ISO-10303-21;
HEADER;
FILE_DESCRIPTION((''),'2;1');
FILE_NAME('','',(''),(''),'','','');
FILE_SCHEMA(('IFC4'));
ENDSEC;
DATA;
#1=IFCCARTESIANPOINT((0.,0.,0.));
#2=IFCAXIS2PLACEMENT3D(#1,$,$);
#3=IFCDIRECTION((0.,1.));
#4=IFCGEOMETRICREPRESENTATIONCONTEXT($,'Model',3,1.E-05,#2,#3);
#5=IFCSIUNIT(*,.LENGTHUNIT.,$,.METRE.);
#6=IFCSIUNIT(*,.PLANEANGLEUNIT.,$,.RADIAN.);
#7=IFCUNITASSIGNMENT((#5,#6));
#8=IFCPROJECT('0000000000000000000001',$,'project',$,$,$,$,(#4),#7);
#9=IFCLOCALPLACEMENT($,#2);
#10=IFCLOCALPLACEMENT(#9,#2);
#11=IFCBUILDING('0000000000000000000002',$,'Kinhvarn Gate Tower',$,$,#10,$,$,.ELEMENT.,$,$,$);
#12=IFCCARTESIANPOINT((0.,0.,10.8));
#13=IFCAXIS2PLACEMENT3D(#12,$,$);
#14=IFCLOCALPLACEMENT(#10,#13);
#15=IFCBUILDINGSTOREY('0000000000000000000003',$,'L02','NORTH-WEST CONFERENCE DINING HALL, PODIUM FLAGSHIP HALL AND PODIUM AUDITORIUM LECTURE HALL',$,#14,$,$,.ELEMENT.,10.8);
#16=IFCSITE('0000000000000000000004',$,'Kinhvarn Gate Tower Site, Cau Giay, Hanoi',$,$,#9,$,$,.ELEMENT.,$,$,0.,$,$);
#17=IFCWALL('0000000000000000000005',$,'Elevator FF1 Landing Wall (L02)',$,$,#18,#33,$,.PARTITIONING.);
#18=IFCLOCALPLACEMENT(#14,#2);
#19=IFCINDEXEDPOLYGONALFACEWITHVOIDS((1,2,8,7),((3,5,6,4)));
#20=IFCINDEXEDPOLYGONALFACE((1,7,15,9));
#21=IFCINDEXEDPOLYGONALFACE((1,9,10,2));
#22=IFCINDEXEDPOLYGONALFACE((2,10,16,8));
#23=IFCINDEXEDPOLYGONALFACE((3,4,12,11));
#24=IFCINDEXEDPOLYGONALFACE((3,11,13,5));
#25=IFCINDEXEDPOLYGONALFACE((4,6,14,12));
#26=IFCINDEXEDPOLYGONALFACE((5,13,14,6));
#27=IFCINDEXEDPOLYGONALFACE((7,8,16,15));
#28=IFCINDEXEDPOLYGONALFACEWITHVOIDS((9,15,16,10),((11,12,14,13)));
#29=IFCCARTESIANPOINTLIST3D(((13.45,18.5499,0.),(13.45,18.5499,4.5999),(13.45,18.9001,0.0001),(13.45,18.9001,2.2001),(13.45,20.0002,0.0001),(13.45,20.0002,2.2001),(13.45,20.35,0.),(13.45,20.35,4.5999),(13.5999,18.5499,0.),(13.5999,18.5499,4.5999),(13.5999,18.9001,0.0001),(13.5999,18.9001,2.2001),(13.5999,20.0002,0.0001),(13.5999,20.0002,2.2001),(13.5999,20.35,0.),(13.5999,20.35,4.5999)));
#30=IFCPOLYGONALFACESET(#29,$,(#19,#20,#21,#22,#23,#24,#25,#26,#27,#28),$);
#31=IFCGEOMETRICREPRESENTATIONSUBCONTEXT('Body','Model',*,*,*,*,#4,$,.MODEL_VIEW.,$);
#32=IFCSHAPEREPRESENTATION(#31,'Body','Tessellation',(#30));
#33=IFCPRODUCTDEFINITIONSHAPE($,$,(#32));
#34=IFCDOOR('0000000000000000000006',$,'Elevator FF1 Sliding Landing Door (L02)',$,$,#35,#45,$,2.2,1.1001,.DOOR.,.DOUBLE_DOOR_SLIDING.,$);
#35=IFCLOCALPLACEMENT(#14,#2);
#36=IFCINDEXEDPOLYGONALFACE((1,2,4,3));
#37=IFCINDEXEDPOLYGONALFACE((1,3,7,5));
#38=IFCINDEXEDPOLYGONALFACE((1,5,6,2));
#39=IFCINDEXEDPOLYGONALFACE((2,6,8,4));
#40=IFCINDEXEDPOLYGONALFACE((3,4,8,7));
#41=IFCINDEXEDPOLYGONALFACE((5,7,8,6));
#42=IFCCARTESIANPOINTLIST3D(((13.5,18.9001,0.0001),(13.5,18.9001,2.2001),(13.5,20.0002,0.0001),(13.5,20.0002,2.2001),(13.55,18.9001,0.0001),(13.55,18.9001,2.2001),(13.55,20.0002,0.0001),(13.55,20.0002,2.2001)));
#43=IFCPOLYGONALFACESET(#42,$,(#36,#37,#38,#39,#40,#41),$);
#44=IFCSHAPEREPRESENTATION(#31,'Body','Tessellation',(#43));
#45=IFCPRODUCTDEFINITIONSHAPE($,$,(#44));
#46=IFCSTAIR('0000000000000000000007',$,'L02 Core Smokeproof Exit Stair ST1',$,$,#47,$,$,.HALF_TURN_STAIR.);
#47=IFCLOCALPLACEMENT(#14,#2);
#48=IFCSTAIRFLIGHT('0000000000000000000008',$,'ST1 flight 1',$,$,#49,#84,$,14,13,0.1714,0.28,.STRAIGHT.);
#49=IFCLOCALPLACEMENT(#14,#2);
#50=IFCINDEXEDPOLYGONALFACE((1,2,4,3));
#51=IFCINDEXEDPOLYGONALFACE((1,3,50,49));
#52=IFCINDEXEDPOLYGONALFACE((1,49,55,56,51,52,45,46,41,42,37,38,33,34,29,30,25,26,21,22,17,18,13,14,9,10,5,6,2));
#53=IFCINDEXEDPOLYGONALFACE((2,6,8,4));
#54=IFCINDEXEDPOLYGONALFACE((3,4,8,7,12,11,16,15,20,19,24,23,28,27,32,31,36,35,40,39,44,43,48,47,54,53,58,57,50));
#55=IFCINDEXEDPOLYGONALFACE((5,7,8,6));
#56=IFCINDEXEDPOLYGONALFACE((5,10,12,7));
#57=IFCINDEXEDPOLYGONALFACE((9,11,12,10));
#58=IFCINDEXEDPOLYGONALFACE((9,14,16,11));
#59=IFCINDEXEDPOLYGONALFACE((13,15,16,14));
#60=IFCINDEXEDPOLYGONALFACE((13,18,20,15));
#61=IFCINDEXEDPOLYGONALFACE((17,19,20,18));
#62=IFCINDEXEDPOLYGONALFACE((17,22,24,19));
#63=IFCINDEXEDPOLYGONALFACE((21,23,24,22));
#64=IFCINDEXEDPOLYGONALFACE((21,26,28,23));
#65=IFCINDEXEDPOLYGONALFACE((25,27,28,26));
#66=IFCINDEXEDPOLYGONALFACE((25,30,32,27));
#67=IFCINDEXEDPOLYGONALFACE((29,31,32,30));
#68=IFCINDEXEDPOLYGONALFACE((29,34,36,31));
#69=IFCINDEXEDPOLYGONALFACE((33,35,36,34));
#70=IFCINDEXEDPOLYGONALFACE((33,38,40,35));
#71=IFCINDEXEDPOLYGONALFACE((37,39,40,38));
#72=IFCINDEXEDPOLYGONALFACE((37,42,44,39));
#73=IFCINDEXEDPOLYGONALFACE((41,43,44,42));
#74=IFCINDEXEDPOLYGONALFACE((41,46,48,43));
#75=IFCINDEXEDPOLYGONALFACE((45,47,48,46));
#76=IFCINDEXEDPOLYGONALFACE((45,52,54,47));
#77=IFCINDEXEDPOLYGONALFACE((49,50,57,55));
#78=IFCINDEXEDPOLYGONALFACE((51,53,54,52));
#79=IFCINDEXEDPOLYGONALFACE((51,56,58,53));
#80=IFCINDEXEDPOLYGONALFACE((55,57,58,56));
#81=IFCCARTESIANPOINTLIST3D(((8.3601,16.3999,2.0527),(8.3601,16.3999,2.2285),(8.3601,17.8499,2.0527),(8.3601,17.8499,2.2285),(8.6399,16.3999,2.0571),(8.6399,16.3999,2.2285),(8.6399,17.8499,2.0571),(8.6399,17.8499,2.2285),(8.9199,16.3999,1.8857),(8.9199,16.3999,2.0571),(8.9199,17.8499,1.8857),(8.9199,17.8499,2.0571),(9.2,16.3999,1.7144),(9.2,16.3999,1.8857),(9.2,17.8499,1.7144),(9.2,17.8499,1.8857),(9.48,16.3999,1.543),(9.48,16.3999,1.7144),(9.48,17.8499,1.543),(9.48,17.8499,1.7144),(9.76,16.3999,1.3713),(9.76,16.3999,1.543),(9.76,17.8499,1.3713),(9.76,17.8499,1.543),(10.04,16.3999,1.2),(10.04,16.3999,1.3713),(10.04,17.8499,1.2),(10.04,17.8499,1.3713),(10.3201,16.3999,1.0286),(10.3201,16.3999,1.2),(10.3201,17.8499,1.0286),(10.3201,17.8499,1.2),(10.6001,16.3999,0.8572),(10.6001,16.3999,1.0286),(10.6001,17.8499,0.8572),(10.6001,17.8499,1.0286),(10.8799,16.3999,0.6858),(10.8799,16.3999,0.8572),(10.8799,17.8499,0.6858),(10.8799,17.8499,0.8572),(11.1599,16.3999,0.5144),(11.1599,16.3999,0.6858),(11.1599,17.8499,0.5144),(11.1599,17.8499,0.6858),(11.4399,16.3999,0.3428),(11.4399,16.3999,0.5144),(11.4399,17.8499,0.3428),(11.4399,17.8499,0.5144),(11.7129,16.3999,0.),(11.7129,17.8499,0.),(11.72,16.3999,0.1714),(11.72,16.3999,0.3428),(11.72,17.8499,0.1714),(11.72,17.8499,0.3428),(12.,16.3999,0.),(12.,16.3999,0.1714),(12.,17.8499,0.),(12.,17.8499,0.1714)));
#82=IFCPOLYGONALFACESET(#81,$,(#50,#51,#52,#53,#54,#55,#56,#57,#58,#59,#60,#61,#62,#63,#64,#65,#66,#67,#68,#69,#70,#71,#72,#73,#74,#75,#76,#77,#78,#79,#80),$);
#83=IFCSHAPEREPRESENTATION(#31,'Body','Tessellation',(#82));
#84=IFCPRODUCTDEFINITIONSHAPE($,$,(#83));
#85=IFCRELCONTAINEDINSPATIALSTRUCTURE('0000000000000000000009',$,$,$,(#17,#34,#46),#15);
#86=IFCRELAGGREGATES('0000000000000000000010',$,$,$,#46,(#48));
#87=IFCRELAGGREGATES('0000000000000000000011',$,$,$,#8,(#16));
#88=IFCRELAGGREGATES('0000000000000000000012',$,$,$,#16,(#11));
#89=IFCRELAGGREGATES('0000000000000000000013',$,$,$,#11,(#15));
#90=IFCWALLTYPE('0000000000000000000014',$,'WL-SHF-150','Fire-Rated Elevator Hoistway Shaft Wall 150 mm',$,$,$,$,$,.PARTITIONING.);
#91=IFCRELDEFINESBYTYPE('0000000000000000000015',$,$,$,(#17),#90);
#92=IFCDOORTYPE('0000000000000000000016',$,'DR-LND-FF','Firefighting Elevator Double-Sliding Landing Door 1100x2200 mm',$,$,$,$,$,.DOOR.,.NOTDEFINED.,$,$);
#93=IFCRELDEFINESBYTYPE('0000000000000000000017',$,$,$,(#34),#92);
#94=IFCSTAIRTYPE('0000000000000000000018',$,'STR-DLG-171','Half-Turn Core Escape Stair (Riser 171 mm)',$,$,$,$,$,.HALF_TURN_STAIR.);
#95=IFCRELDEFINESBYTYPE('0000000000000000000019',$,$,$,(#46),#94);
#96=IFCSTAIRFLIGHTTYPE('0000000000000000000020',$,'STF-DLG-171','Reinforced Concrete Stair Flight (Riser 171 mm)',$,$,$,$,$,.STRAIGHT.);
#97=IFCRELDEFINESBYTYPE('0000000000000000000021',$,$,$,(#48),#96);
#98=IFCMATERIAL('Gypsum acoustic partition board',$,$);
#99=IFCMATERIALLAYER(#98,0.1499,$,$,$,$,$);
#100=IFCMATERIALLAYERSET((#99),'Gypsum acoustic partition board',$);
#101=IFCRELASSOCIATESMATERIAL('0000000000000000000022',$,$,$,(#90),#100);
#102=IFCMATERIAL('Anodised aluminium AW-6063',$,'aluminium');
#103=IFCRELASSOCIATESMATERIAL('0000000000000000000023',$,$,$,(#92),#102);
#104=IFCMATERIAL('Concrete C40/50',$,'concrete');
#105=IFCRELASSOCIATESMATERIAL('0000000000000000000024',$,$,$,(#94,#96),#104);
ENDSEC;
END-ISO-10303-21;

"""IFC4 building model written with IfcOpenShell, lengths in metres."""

from ifc_helpers import new_model, si_unit, direction, frame, frame_2d, origin, place, context, subcontext, project, spatial, polyline, rectangle, outline, extrude, material, layer, layer_set, type_object, element, fill, aggregate, save


model = new_model("IFC4")

# Units and contexts
model_context = context("Model", 3, precision=1e-05, world=origin(), true_north=direction((0.0, 1.0)))
body_context = subcontext(model_context, "Body", "Model", "MODEL_VIEW")
ifc_project = project(units=[si_unit("LENGTHUNIT", "METRE"), si_unit("PLANEANGLEUNIT", "RADIAN")], contexts=[model_context])

# Site, building, storey
site_placement = place(None, origin())
site = spatial("IfcSite", under=ifc_project, at=site_placement, Name="Kinhvarn Gate Tower Site, Cau Giay, Hanoi", CompositionType="ELEMENT", RefElevation=0.0)
building_placement = place(site_placement, origin())
building = spatial("IfcBuilding", under=site, at=building_placement, Name="Kinhvarn Gate Tower", CompositionType="ELEMENT")
storey_placement = place(building_placement, frame((0.0, 0.0, 10.8)))
storey = spatial("IfcBuildingStorey", under=building, at=storey_placement, Name="L02", Description="NORTH-WEST CONFERENCE DINING HALL, PODIUM FLAGSHIP HALL AND PODIUM AUDITORIUM LECTURE HALL", CompositionType="ELEMENT", Elevation=10.8)

# Shared definitions
ifc_material_1 = material(Name="Anodised aluminium AW-6063", Category="aluminium")
ifc_material_2 = material(Name="Gypsum acoustic partition board")

# Shared definitions
ifc_layer_1 = layer(ifc_material_2, 0.1499)
ifc_layer_set_1 = layer_set([ifc_layer_1], Name="Gypsum acoustic partition board")
wall_type_1 = type_object("IfcWallType", Name="WL-SHF-150", Description="Fire-Rated Elevator Hoistway Shaft Wall 150 mm", PredefinedType="PARTITIONING", material=ifc_layer_set_1)

# Wall, opening, door
wall_1_placement = place(storey_placement, frame((13.5249, 18.55, 0.0), z_axis=(0.0, 0.0, 1.0), x_axis=(0.0, 1.0, 0.0)))
wall_1 = element("IfcWall", 1, at=wall_1_placement, inside=storey, type_object=wall_type_1, Name="Elevator FF1 Landing Wall (L02)", PredefinedType="PARTITIONING", context=body_context, shape_type="SweptSolid", body=[
    extrude(rectangle(XDim=1.8, YDim=0.1499, at=frame_2d((0.8999, 0.0))), origin(), (0.0, 0.0, 1.0), 4.5999),
])
opening_1_placement = place(wall_1_placement, frame((0.3501, 0.0, 0.0)))
opening_1 = element("IfcOpeningElement", 2, at=opening_1_placement, cuts=wall_1, PredefinedType="OPENING", context=body_context, shape_type="SweptSolid", body=[
    extrude(rectangle(XDim=1.1001, YDim=2.2, at=frame_2d((0.55, 1.1001))), frame((0.0, 0.085, 0.0), z_axis=(0.0, -1.0, 0.0), x_axis=(1.0, 0.0, 0.0)), (0.0, 0.0, 1.0), 0.1699),
])
door_type_1 = type_object("IfcDoorType", Name="DR-LND-FF", Description="Firefighting Elevator Double-Sliding Landing Door 1100x2200 mm", OperationType="NOTDEFINED", PredefinedType="DOOR", material=ifc_material_1)
door_1_placement = place(opening_1_placement, origin())
door_1 = element("IfcDoor", 3, at=door_1_placement, inside=storey, type_object=door_type_1, Name="Elevator FF1 Sliding Landing Door (L02)", OperationType="DOUBLE_DOOR_SLIDING", OverallHeight=2.2, OverallWidth=1.1001, PredefinedType="DOOR", context=body_context, shape_type="SweptSolid", body=[
    extrude(rectangle(XDim=1.1001, YDim=2.2, at=frame_2d((0.55, 1.1001))), frame((0.0, 0.0249, 0.0), z_axis=(0.0, -1.0, 0.0), x_axis=(1.0, 0.0, 0.0)), (0.0, 0.0, 1.0), 0.05),
])
fill(opening_1, door_1)
ifc_material_3 = material(Name="Concrete C40/50", Category="concrete")

# Stair, stair flight
stair_type = type_object("IfcStairType", Name="STR-DLG-171", Description="Half-Turn Core Escape Stair (Riser 171 mm)", PredefinedType="HALF_TURN_STAIR", material=ifc_material_3)
stair_placement = place(storey_placement, origin())
stair = element("IfcStair", 4, at=stair_placement, inside=storey, type_object=stair_type, Name="L02 Core Smokeproof Exit Stair ST1", PredefinedType="HALF_TURN_STAIR")
stair_flight_type = type_object("IfcStairFlightType", Name="STF-DLG-171", Description="Reinforced Concrete Stair Flight (Riser 171 mm)", PredefinedType="STRAIGHT", material=ifc_material_3)
stair_flight_placement = place(storey_placement, frame((12.0, 17.125, 0.0), z_axis=(0.0, 0.0, 1.0), x_axis=(-1.0, 0.0, 0.0)))
stair_flight = element("IfcStairFlight", 5, at=stair_flight_placement, type_object=stair_flight_type, Name="ST1 flight 1", NumberOfRisers=14, NumberOfTreads=13, PredefinedType="STRAIGHT", RiserHeight=0.1714, TreadLength=0.28, context=body_context, shape_type="SweptSolid", body=[
    extrude(outline(polyline([(0.0, 0.0), (0.0, 0.1714), (0.28, 0.1714), (0.28, 0.3428), (0.5601, 0.3428), (0.5601, 0.5144), (0.8401, 0.5144), (0.8401, 0.6858), (1.1201, 0.6858), (1.1201, 0.8572), (1.3999, 0.8572), (1.3999, 1.0286), (1.6799, 1.0286), (1.6799, 1.2), (1.96, 1.2), (1.96, 1.3713), (2.24, 1.3713), (2.24, 1.543), (2.52, 1.543), (2.52, 1.7144), (2.8, 1.7144), (2.8, 1.8857), (3.0801, 1.8857), (3.0801, 2.0571), (3.3601, 2.0571), (3.3601, 2.2285), (3.6399, 2.2285), (3.6399, 2.3999), (3.6399, 2.0527), (0.2871, 0.0), (0.0, 0.0)])), frame((0.0, 0.7251, 0.0), z_axis=(0.0, -1.0, 0.0), x_axis=(1.0, 0.0, 0.0)), (0.0, 0.0, 1.0), 1.45),
])
aggregate(stair, [stair_flight])

save(model, "model.ifc")
